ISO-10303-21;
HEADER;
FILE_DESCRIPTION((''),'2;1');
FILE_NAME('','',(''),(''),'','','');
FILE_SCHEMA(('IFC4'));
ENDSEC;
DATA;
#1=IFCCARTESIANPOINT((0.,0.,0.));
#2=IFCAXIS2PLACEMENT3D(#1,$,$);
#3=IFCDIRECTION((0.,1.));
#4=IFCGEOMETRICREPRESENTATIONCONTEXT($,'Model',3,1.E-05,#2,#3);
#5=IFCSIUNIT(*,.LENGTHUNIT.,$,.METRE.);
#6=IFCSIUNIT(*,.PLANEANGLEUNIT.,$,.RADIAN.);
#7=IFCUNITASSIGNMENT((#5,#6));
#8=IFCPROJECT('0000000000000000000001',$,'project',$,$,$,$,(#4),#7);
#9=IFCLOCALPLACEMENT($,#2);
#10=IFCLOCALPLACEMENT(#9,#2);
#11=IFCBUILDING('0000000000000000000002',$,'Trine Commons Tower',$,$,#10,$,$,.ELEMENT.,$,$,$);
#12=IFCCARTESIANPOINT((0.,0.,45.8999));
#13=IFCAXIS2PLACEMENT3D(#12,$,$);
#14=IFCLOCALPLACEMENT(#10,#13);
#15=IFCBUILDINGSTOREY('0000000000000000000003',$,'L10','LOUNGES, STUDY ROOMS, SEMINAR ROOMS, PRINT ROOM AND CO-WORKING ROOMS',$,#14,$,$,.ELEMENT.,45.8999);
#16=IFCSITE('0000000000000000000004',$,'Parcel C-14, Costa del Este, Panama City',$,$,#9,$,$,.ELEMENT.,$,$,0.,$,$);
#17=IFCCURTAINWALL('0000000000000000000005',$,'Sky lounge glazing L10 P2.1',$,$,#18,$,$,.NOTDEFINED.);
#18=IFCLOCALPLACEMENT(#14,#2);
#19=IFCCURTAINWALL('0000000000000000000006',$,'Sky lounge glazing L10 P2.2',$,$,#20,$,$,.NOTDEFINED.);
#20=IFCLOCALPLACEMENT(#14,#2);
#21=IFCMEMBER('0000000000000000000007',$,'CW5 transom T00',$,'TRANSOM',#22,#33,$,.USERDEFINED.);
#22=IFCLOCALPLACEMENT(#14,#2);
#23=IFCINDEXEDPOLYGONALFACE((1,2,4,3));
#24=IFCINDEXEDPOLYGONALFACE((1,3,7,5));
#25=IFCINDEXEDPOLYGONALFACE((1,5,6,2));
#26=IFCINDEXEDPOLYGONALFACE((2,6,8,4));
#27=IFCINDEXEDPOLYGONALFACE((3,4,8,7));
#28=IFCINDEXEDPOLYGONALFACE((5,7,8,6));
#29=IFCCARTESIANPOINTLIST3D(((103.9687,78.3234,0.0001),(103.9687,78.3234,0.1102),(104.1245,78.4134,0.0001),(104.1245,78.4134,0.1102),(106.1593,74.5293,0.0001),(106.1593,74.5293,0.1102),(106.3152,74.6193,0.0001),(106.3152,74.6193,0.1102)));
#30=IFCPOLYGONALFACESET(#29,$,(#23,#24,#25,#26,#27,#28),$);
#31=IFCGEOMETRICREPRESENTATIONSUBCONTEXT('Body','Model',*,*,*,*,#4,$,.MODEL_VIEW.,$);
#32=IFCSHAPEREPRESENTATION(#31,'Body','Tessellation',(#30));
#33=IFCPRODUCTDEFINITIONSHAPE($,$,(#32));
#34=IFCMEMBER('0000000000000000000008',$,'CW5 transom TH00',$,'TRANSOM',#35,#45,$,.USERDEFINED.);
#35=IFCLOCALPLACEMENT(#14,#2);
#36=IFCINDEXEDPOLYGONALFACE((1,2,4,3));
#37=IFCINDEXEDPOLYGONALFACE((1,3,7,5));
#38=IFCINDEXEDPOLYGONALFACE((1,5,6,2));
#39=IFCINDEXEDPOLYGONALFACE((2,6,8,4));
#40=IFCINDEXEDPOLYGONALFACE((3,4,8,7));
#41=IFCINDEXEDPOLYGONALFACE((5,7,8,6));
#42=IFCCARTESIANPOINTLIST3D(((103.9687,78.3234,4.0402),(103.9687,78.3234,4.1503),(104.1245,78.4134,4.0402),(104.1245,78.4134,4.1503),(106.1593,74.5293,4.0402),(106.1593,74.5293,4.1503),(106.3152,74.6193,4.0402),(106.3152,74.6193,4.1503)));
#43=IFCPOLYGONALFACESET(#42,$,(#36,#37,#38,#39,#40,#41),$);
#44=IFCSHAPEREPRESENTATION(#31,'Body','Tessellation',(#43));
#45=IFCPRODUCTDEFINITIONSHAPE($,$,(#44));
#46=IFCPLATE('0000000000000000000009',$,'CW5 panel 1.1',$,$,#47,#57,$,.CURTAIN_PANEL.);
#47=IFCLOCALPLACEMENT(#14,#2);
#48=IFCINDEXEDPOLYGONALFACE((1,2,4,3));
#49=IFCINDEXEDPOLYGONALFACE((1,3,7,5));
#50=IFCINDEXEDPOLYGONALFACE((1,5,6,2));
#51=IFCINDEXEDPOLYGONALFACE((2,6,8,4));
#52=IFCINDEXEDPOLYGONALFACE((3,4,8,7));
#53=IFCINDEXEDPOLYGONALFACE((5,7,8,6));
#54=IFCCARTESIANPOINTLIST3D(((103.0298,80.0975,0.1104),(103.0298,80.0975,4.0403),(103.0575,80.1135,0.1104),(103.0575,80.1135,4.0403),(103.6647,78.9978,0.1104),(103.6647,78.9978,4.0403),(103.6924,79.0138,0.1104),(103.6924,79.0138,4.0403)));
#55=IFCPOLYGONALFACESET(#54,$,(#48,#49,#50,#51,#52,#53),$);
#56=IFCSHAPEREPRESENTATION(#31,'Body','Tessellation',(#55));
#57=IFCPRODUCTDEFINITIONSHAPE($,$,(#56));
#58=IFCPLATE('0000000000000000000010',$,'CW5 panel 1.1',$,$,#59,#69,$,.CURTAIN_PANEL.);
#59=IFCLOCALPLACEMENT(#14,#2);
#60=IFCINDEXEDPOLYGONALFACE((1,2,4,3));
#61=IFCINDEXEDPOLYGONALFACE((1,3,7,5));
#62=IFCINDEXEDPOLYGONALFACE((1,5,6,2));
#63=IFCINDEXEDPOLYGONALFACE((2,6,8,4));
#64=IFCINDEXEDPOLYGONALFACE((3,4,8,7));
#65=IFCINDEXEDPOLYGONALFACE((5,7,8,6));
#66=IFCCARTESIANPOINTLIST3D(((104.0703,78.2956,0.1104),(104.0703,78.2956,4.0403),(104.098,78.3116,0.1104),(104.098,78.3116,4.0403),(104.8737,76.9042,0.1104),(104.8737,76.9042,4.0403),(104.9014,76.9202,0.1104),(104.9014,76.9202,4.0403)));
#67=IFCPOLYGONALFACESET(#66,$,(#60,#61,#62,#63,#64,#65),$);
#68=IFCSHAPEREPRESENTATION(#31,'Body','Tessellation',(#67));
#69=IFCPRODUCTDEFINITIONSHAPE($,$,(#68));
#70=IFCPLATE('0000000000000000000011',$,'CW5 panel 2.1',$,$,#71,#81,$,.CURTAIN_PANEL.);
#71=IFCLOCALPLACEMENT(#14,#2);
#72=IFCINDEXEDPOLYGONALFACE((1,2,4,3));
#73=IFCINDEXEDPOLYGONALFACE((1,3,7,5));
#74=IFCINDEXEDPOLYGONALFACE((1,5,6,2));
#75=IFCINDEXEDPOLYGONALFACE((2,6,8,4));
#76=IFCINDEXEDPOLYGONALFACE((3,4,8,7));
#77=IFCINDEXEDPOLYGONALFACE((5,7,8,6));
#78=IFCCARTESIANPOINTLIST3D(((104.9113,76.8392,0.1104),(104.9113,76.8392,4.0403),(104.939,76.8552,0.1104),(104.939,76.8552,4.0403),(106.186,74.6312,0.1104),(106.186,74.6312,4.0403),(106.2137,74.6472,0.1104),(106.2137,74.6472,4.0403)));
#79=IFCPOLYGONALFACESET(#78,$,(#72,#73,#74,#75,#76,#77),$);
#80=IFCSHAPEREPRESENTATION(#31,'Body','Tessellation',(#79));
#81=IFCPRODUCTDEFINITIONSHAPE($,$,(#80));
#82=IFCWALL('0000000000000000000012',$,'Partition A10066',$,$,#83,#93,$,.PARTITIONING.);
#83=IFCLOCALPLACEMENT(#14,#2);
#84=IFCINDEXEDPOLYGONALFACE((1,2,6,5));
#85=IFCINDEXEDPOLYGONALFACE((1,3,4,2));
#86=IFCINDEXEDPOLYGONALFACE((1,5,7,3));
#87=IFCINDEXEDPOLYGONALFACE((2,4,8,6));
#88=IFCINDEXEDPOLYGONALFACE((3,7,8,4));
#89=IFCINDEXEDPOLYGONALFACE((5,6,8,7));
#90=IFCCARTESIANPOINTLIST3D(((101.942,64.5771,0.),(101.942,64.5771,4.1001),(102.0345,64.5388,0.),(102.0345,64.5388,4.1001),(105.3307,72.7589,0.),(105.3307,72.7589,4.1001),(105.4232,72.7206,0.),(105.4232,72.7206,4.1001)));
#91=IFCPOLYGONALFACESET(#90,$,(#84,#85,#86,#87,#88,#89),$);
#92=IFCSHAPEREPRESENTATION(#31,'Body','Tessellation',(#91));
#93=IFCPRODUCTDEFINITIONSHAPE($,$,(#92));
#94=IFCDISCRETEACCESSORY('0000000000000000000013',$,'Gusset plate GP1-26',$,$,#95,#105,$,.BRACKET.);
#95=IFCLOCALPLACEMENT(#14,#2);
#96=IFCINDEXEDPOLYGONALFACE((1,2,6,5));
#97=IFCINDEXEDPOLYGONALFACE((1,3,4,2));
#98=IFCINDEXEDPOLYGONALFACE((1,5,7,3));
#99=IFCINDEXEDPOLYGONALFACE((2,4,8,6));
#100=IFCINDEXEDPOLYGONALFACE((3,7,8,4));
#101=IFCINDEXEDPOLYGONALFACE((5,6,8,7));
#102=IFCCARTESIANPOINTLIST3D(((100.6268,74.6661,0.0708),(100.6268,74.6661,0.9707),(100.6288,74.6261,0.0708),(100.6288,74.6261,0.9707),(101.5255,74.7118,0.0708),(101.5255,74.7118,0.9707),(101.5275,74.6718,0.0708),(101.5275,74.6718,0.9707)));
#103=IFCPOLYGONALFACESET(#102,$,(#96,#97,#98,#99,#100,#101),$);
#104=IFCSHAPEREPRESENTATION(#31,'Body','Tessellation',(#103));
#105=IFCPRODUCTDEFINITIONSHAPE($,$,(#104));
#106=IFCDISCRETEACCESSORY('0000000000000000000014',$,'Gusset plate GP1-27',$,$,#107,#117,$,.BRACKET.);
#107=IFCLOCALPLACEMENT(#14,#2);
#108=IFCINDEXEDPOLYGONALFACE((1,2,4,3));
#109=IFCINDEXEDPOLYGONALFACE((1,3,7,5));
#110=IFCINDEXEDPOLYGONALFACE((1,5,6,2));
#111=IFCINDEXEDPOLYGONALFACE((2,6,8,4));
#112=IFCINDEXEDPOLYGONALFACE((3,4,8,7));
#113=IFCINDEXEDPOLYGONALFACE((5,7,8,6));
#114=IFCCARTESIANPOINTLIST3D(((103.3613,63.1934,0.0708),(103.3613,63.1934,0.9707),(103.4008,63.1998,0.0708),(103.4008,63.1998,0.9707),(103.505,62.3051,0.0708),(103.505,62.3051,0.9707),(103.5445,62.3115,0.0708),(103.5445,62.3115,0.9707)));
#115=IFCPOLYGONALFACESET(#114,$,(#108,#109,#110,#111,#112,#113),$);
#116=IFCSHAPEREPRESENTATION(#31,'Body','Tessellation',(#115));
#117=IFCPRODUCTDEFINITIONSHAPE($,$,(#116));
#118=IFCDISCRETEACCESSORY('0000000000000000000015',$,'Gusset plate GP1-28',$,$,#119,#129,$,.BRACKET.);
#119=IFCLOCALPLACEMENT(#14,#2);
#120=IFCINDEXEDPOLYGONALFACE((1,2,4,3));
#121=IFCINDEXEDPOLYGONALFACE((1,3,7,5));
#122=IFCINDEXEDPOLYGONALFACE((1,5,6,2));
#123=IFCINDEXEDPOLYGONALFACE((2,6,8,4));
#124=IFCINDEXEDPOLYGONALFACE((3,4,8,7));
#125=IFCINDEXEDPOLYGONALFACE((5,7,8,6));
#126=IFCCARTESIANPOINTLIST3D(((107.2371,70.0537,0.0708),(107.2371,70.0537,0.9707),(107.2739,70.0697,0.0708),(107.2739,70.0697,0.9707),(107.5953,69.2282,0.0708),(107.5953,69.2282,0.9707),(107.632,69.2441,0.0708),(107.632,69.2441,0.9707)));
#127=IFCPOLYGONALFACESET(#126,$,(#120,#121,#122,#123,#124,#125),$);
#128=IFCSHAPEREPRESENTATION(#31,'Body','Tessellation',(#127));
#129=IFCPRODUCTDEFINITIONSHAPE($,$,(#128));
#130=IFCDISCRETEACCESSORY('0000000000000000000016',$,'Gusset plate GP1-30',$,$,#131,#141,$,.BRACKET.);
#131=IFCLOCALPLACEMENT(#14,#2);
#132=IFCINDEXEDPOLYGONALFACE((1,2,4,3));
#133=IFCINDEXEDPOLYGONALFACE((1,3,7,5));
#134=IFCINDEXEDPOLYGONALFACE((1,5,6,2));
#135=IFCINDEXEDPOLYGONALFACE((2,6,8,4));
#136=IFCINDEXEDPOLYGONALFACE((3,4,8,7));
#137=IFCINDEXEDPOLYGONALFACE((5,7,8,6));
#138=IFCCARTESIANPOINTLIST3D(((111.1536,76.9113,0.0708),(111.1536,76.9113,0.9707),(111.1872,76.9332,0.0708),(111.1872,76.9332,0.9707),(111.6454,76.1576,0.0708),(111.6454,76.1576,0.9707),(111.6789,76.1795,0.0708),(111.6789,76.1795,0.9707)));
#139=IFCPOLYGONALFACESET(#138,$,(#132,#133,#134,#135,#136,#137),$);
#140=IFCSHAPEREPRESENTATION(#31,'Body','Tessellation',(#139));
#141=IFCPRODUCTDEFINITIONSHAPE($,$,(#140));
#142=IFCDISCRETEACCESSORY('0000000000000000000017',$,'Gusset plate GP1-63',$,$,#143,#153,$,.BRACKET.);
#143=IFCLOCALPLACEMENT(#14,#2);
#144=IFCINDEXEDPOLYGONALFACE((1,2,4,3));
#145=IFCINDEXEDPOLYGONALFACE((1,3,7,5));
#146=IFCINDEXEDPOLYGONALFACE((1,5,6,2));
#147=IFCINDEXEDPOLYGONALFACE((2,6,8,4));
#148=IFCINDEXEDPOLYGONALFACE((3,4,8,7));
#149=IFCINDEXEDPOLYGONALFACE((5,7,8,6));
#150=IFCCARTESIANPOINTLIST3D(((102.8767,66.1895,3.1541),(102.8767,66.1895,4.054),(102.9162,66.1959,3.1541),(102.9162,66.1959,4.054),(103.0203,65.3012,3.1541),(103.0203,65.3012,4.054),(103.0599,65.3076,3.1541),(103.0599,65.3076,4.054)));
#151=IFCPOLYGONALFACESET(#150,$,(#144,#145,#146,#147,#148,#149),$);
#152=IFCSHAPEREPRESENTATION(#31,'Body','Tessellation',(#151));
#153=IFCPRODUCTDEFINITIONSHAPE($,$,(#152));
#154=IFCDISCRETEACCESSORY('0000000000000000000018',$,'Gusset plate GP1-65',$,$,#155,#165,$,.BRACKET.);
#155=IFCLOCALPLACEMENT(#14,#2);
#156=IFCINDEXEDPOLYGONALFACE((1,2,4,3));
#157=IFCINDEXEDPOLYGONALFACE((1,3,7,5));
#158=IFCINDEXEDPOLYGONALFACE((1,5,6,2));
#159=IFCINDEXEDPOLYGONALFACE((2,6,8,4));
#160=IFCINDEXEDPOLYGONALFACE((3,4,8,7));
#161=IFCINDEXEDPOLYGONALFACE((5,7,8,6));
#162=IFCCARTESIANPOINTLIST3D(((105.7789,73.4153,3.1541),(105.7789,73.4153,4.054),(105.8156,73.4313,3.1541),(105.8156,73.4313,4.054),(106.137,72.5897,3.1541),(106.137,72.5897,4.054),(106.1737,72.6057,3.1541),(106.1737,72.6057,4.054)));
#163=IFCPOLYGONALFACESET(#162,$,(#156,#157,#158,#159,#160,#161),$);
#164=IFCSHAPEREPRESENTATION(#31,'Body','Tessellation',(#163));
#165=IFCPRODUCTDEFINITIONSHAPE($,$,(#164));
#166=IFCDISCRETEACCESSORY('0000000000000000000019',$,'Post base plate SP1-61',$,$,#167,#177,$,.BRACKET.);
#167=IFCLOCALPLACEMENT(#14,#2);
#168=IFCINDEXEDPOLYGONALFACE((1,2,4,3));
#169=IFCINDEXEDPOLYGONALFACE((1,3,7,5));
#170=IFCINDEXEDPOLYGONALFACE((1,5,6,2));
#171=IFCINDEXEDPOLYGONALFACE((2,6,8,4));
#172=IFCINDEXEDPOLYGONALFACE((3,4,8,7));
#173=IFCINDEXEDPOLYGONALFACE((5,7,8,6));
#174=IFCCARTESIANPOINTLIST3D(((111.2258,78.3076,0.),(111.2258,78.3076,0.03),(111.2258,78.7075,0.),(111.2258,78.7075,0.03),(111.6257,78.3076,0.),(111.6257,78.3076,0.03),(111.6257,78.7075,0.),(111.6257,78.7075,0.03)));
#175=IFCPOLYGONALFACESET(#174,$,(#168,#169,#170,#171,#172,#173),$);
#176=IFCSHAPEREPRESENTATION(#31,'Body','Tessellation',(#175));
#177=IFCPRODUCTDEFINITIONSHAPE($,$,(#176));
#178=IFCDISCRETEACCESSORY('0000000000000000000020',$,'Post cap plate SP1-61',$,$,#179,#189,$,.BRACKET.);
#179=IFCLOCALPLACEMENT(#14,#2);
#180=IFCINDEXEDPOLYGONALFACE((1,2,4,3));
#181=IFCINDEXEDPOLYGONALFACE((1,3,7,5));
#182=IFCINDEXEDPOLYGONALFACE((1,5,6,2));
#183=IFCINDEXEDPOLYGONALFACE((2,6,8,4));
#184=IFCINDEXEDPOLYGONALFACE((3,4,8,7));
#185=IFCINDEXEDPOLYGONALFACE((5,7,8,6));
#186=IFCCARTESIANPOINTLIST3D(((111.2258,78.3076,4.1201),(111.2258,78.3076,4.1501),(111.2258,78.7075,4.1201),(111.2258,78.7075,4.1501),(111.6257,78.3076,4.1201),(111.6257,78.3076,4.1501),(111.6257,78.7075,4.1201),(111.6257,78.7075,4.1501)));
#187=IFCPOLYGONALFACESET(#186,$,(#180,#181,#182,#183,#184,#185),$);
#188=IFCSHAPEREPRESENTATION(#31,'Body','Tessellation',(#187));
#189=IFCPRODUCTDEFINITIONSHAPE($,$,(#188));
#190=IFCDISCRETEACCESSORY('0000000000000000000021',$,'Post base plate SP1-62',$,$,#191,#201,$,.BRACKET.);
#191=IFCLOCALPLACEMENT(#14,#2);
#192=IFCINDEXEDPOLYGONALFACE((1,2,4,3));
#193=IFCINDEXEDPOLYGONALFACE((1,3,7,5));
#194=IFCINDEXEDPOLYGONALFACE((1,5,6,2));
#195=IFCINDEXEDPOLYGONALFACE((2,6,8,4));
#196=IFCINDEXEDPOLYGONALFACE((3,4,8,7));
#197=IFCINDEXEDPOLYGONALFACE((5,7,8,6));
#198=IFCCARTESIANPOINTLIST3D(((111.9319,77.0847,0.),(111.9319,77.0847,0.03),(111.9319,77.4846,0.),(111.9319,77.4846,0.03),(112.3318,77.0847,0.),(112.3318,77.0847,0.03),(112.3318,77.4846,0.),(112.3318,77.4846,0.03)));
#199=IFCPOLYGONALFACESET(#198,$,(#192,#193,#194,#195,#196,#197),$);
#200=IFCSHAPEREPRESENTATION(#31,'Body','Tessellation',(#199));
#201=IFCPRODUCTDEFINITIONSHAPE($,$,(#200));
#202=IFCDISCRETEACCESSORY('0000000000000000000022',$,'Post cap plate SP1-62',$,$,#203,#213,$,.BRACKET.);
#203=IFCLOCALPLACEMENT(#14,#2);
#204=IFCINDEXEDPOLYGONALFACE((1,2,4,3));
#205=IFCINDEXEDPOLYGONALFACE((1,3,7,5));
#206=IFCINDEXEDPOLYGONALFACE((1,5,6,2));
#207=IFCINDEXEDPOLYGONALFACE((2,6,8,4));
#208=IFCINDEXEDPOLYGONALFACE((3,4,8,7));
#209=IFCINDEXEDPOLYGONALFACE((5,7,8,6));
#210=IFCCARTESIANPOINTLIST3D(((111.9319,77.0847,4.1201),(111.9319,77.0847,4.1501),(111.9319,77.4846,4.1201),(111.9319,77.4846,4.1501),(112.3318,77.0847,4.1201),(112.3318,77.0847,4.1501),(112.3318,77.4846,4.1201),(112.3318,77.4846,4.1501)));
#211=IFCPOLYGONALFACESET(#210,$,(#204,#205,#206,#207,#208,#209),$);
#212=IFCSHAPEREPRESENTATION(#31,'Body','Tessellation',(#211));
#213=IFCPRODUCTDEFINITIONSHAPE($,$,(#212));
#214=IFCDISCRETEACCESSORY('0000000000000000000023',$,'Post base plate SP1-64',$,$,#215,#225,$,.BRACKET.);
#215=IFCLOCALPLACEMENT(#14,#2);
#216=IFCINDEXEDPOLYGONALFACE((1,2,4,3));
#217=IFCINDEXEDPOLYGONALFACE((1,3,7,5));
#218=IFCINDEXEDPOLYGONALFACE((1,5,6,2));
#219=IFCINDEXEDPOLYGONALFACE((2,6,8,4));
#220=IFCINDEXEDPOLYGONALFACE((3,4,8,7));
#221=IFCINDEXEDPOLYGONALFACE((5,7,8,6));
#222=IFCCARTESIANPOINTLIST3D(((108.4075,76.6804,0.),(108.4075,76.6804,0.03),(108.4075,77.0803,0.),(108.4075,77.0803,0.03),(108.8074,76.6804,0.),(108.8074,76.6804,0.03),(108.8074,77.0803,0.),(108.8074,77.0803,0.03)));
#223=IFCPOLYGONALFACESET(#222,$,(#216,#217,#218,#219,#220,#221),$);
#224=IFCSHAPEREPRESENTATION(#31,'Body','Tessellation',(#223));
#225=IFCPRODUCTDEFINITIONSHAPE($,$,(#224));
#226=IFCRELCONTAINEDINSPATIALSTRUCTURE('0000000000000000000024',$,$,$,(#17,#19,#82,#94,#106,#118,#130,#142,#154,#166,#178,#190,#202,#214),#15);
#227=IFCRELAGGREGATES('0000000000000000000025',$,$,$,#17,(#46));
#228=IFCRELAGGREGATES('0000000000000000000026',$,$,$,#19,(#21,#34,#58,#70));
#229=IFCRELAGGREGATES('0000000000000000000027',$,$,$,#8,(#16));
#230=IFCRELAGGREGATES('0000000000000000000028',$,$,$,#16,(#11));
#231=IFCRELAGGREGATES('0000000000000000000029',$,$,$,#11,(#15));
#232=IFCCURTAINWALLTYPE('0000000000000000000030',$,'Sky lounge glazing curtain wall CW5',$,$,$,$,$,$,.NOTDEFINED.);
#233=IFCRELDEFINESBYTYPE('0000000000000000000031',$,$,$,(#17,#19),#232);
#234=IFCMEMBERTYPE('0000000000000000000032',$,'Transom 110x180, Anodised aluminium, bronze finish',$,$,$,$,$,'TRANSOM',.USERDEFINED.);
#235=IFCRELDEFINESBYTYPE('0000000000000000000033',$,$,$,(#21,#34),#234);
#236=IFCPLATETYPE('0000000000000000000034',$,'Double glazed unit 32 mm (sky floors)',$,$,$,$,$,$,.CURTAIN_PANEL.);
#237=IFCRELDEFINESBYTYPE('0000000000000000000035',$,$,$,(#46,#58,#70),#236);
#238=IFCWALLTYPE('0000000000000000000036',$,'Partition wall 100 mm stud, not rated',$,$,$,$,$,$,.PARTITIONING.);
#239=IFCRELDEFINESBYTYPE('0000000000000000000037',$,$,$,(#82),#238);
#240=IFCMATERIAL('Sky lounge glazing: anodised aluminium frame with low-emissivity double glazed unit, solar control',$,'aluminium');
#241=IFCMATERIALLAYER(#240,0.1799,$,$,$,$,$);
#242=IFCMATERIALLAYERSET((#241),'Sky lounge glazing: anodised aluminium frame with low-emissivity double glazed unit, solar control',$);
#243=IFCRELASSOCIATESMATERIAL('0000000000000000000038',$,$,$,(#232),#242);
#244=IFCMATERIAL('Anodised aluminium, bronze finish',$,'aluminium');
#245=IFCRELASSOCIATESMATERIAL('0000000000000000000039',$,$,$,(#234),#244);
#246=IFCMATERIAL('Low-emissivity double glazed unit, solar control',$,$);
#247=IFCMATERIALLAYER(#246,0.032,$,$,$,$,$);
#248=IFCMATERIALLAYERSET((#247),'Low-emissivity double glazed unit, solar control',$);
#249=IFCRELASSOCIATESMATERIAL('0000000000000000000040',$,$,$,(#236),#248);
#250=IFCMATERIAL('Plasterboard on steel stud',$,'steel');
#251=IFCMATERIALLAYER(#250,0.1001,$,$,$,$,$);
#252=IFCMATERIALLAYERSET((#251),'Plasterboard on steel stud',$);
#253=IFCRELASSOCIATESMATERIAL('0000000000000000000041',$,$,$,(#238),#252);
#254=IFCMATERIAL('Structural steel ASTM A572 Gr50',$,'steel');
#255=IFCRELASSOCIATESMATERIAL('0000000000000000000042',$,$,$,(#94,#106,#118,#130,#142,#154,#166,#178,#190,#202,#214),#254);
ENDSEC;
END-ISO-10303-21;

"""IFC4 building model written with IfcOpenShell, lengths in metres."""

from ifc_helpers import new_model, si_unit, direction, frame, frame_2d, origin, origin_2d, place, context, subcontext, project, spatial, rectangle, extrude, material, layer, layer_set, material_profile, profile_set, type_object, element, aggregate, save


model = new_model("IFC4")

# Units and contexts
model_context = context("Model", 3, precision=1e-05, world=origin(), true_north=direction((0.0, 1.0)))
body_context = subcontext(model_context, "Body", "Model", "MODEL_VIEW")
ifc_project = project(units=[si_unit("LENGTHUNIT", "METRE"), si_unit("PLANEANGLEUNIT", "RADIAN")], contexts=[model_context])

# Site, building, storey
site_placement = place(None, origin())
site = spatial("IfcSite", under=ifc_project, at=site_placement, Name="Parcel C-14, Costa del Este, Panama City", CompositionType="ELEMENT", RefElevation=0.0)
building_placement = place(site_placement, origin())
building = spatial("IfcBuilding", under=site, at=building_placement, Name="Trine Commons Tower", CompositionType="ELEMENT")
storey_placement = place(building_placement, frame((0.0, 0.0, 45.8999)))
storey = spatial("IfcBuildingStorey", under=building, at=storey_placement, Name="L10", Description="LOUNGES, STUDY ROOMS, SEMINAR ROOMS, PRINT ROOM AND CO-WORKING ROOMS", CompositionType="ELEMENT", Elevation=45.8999)

# Curtain walls
ifc_material_1 = material(Name="Sky lounge glazing: anodised aluminium frame with low-emissivity double glazed unit, solar control", Category="aluminium")
ifc_layer_1 = layer(ifc_material_1, 0.1799)
ifc_layer_set_1 = layer_set([ifc_layer_1], Name="Sky lounge glazing: anodised aluminium frame with low-emissivity double glazed unit, solar control")
curtain_wall_type = type_object("IfcCurtainWallType", Name="Sky lounge glazing curtain wall CW5", PredefinedType="NOTDEFINED", material=ifc_layer_set_1)
curtain_wall_1_placement = place(storey_placement, origin())
curtain_wall_1 = element("IfcCurtainWall", 1, at=curtain_wall_1_placement, inside=storey, type_object=curtain_wall_type, Name="Sky lounge glazing L10 P2.1", PredefinedType="NOTDEFINED")
ifc_material_2 = material(Name="Anodised aluminium, bronze finish", Category="aluminium")
curtain_wall_2_placement = place(storey_placement, origin())
curtain_wall_2 = element("IfcCurtainWall", 2, at=curtain_wall_2_placement, inside=storey, type_object=curtain_wall_type, Name="Sky lounge glazing L10 P2.2", PredefinedType="NOTDEFINED")

# Members
ifc_material_profile_1 = material_profile(ifc_material_2, rectangle(XDim=0.1799, YDim=0.1101, at=origin_2d()), Name="Transom 110x180")
ifc_profile_set_1 = profile_set([ifc_material_profile_1], Name="Anodised aluminium, bronze finish")
member_type_1 = type_object("IfcMemberType", Name="Transom 110x180, Anodised aluminium, bronze finish", ElementType="TRANSOM", PredefinedType="USERDEFINED", material=ifc_profile_set_1)
member_1_placement = place(storey_placement, frame((104.0466, 78.3684, 0.0552), z_axis=(0.500017, -0.866016, 0.0), x_axis=(0.866016, 0.500017, 0.0)))
member_1 = element("IfcMember", 3, at=member_1_placement, type_object=member_type_1, Name="CW5 transom T00", ObjectType="TRANSOM", PredefinedType="USERDEFINED", context=body_context, shape_type="SweptSolid", body=[
    extrude(rectangle(XDim=0.1799, YDim=0.1101, at=origin_2d()), origin(), (0.0, 0.0, 1.0), 4.3811),
])
member_2_placement = place(storey_placement, frame((104.0466, 78.3684, 4.0952), z_axis=(0.500017, -0.866016, 0.0), x_axis=(0.866016, 0.500017, 0.0)))
member_2 = element("IfcMember", 4, at=member_2_placement, type_object=member_type_1, Name="CW5 transom TH00", ObjectType="TRANSOM", PredefinedType="USERDEFINED", context=body_context, shape_type="SweptSolid", body=[
    extrude(rectangle(XDim=0.1799, YDim=0.1101, at=origin_2d()), origin(), (0.0, 0.0, 1.0), 4.3811),
])

# Plates
ifc_material_3 = material(Name="Low-emissivity double glazed unit, solar control")
ifc_layer_2 = layer(ifc_material_3, 0.032)
ifc_layer_set_2 = layer_set([ifc_layer_2], Name="Low-emissivity double glazed unit, solar control")
plate_type = type_object("IfcPlateType", Name="Double glazed unit 32 mm (sky floors)", PredefinedType="CURTAIN_PANEL", material=ifc_layer_set_2)
plate_1_placement = place(storey_placement, frame((103.3611, 79.5557, 0.1104), z_axis=(0.0, 0.0, 1.0), x_axis=(0.5, -0.866025, 0.0)))
plate_1 = element("IfcPlate", 5, at=plate_1_placement, type_object=plate_type, Name="CW5 panel 1.1", PredefinedType="CURTAIN_PANEL", context=body_context, shape_type="SweptSolid", body=[
    extrude(rectangle(XDim=1.2698, YDim=0.032, at=origin_2d()), origin(), (0.0, 0.0, 1.0), 3.9299),
])
aggregate(curtain_wall_1, [plate_1])
plate_2_placement = place(storey_placement, frame((104.4858, 77.6079, 0.1104), z_axis=(0.0, 0.0, 1.0), x_axis=(0.5, -0.866025, 0.0)))
plate_2 = element("IfcPlate", 6, at=plate_2_placement, type_object=plate_type, Name="CW5 panel 1.1", PredefinedType="CURTAIN_PANEL", context=body_context, shape_type="SweptSolid", body=[
    extrude(rectangle(XDim=1.6067, YDim=0.032, at=origin_2d()), origin(), (0.0, 0.0, 1.0), 3.9299),
])
plate_3_placement = place(storey_placement, frame((105.5625, 75.7432, 0.1104), z_axis=(0.0, 0.0, 1.0), x_axis=(0.5, -0.866025, 0.0)))
plate_3 = element("IfcPlate", 7, at=plate_3_placement, type_object=plate_type, Name="CW5 panel 2.1", PredefinedType="CURTAIN_PANEL", context=body_context, shape_type="SweptSolid", body=[
    extrude(rectangle(XDim=2.5496, YDim=0.032, at=origin_2d()), origin(), (0.0, 0.0, 1.0), 3.9299),
])
aggregate(curtain_wall_2, [member_1, member_2, plate_2, plate_3])

# Wall
ifc_material_4 = material(Name="Plasterboard on steel stud", Category="steel")
ifc_layer_3 = layer(ifc_material_4, 0.1001)
ifc_layer_set_3 = layer_set([ifc_layer_3], Name="Plasterboard on steel stud")
wall_type_1 = type_object("IfcWallType", Name="Partition wall 100 mm stud, not rated", PredefinedType="PARTITIONING", material=ifc_layer_set_3)
wall_1_placement = place(storey_placement, frame((101.9883, 64.5581, 0.0), z_axis=(0.0, 0.0, 1.0), x_axis=(0.382657, 0.92389, 0.0)))
element("IfcWall", 8, at=wall_1_placement, inside=storey, type_object=wall_type_1, Name="Partition A10066", PredefinedType="PARTITIONING", context=body_context, shape_type="SweptSolid", body=[
    extrude(rectangle(XDim=8.8557, YDim=0.1001, at=frame_2d((4.4277, 0.0))), origin(), (0.0, 0.0, 1.0), 4.1001),
])

# Discrete accessories
ifc_material_5 = material(Name="Structural steel ASTM A572 Gr50", Category="steel")
for number, where, z_axis, x_axis, name in (
    (9, (101.0771, 74.6689, 0.0708), (0.0, 0.0, 1.0), (-0.998708, -0.05082, 0.0), "Gusset plate GP1-26"),
    (10, (103.4529, 62.7524, 0.0708), (0.0, 0.0, 1.0), (-0.159674, 0.98717, 0.0), "Gusset plate GP1-27"),
    (11, (107.4346, 69.6489, 0.0708), (0.0, 0.0, 1.0), (-0.397965, 0.917401, 0.0), "Gusset plate GP1-28"),
    (12, (111.4163, 76.5454, 0.0708), (0.0, 0.0, 1.0), (-0.546424, 0.837509, 0.0), "Gusset plate GP1-30"),
    (13, (102.9683, 65.7485, 3.1541), (0.0, 0.0, 1.0), (-0.159674, 0.98717, 0.0), "Gusset plate GP1-63"),
    (14, (105.9763, 73.0105, 3.1541), (0.0, 0.0, 1.0), (-0.397965, 0.917401, 0.0), "Gusset plate GP1-65"),
):
    element("IfcDiscreteAccessory", number, at=place(storey_placement, frame(where, z_axis=z_axis, x_axis=x_axis)), inside=storey, material=ifc_material_5, Name=name, PredefinedType="BRACKET", context=body_context, shape_type="SweptSolid", body=[
        extrude(rectangle(XDim=0.8999, YDim=0.04, at=origin_2d()), origin(), (0.0, 0.0, 1.0), 0.8999),
    ])
for number, where, z_axis, x_axis, name in (
    (15, (111.4258, 78.5076, 0.0), (0.0, 0.0, 1.0), (1.0, 0.0, 0.0), "Post base plate SP1-61"),
    (16, (111.4258, 78.5076, 4.1201), (0.0, 0.0, 1.0), (1.0, 0.0, 0.0), "Post cap plate SP1-61"),
    (17, (112.1318, 77.2847, 0.0), (0.0, 0.0, 1.0), (1.0, 0.0, 0.0), "Post base plate SP1-62"),
    (18, (112.1318, 77.2847, 4.1201), (0.0, 0.0, 1.0), (1.0, 0.0, 0.0), "Post cap plate SP1-62"),
    (19, (108.6074, 76.8804, 0.0), (0.0, 0.0, 1.0), (1.0, 0.0, 0.0), "Post base plate SP1-64"),
):
    element("IfcDiscreteAccessory", number, at=place(storey_placement, frame(where, z_axis=z_axis, x_axis=x_axis)), inside=storey, material=ifc_material_5, Name=name, PredefinedType="BRACKET", context=body_context, shape_type="SweptSolid", body=[
        extrude(rectangle(XDim=0.3999, YDim=0.3999, at=origin_2d()), origin(), (0.0, 0.0, 1.0), 0.03),
    ])

save(model, "model.ifc")
